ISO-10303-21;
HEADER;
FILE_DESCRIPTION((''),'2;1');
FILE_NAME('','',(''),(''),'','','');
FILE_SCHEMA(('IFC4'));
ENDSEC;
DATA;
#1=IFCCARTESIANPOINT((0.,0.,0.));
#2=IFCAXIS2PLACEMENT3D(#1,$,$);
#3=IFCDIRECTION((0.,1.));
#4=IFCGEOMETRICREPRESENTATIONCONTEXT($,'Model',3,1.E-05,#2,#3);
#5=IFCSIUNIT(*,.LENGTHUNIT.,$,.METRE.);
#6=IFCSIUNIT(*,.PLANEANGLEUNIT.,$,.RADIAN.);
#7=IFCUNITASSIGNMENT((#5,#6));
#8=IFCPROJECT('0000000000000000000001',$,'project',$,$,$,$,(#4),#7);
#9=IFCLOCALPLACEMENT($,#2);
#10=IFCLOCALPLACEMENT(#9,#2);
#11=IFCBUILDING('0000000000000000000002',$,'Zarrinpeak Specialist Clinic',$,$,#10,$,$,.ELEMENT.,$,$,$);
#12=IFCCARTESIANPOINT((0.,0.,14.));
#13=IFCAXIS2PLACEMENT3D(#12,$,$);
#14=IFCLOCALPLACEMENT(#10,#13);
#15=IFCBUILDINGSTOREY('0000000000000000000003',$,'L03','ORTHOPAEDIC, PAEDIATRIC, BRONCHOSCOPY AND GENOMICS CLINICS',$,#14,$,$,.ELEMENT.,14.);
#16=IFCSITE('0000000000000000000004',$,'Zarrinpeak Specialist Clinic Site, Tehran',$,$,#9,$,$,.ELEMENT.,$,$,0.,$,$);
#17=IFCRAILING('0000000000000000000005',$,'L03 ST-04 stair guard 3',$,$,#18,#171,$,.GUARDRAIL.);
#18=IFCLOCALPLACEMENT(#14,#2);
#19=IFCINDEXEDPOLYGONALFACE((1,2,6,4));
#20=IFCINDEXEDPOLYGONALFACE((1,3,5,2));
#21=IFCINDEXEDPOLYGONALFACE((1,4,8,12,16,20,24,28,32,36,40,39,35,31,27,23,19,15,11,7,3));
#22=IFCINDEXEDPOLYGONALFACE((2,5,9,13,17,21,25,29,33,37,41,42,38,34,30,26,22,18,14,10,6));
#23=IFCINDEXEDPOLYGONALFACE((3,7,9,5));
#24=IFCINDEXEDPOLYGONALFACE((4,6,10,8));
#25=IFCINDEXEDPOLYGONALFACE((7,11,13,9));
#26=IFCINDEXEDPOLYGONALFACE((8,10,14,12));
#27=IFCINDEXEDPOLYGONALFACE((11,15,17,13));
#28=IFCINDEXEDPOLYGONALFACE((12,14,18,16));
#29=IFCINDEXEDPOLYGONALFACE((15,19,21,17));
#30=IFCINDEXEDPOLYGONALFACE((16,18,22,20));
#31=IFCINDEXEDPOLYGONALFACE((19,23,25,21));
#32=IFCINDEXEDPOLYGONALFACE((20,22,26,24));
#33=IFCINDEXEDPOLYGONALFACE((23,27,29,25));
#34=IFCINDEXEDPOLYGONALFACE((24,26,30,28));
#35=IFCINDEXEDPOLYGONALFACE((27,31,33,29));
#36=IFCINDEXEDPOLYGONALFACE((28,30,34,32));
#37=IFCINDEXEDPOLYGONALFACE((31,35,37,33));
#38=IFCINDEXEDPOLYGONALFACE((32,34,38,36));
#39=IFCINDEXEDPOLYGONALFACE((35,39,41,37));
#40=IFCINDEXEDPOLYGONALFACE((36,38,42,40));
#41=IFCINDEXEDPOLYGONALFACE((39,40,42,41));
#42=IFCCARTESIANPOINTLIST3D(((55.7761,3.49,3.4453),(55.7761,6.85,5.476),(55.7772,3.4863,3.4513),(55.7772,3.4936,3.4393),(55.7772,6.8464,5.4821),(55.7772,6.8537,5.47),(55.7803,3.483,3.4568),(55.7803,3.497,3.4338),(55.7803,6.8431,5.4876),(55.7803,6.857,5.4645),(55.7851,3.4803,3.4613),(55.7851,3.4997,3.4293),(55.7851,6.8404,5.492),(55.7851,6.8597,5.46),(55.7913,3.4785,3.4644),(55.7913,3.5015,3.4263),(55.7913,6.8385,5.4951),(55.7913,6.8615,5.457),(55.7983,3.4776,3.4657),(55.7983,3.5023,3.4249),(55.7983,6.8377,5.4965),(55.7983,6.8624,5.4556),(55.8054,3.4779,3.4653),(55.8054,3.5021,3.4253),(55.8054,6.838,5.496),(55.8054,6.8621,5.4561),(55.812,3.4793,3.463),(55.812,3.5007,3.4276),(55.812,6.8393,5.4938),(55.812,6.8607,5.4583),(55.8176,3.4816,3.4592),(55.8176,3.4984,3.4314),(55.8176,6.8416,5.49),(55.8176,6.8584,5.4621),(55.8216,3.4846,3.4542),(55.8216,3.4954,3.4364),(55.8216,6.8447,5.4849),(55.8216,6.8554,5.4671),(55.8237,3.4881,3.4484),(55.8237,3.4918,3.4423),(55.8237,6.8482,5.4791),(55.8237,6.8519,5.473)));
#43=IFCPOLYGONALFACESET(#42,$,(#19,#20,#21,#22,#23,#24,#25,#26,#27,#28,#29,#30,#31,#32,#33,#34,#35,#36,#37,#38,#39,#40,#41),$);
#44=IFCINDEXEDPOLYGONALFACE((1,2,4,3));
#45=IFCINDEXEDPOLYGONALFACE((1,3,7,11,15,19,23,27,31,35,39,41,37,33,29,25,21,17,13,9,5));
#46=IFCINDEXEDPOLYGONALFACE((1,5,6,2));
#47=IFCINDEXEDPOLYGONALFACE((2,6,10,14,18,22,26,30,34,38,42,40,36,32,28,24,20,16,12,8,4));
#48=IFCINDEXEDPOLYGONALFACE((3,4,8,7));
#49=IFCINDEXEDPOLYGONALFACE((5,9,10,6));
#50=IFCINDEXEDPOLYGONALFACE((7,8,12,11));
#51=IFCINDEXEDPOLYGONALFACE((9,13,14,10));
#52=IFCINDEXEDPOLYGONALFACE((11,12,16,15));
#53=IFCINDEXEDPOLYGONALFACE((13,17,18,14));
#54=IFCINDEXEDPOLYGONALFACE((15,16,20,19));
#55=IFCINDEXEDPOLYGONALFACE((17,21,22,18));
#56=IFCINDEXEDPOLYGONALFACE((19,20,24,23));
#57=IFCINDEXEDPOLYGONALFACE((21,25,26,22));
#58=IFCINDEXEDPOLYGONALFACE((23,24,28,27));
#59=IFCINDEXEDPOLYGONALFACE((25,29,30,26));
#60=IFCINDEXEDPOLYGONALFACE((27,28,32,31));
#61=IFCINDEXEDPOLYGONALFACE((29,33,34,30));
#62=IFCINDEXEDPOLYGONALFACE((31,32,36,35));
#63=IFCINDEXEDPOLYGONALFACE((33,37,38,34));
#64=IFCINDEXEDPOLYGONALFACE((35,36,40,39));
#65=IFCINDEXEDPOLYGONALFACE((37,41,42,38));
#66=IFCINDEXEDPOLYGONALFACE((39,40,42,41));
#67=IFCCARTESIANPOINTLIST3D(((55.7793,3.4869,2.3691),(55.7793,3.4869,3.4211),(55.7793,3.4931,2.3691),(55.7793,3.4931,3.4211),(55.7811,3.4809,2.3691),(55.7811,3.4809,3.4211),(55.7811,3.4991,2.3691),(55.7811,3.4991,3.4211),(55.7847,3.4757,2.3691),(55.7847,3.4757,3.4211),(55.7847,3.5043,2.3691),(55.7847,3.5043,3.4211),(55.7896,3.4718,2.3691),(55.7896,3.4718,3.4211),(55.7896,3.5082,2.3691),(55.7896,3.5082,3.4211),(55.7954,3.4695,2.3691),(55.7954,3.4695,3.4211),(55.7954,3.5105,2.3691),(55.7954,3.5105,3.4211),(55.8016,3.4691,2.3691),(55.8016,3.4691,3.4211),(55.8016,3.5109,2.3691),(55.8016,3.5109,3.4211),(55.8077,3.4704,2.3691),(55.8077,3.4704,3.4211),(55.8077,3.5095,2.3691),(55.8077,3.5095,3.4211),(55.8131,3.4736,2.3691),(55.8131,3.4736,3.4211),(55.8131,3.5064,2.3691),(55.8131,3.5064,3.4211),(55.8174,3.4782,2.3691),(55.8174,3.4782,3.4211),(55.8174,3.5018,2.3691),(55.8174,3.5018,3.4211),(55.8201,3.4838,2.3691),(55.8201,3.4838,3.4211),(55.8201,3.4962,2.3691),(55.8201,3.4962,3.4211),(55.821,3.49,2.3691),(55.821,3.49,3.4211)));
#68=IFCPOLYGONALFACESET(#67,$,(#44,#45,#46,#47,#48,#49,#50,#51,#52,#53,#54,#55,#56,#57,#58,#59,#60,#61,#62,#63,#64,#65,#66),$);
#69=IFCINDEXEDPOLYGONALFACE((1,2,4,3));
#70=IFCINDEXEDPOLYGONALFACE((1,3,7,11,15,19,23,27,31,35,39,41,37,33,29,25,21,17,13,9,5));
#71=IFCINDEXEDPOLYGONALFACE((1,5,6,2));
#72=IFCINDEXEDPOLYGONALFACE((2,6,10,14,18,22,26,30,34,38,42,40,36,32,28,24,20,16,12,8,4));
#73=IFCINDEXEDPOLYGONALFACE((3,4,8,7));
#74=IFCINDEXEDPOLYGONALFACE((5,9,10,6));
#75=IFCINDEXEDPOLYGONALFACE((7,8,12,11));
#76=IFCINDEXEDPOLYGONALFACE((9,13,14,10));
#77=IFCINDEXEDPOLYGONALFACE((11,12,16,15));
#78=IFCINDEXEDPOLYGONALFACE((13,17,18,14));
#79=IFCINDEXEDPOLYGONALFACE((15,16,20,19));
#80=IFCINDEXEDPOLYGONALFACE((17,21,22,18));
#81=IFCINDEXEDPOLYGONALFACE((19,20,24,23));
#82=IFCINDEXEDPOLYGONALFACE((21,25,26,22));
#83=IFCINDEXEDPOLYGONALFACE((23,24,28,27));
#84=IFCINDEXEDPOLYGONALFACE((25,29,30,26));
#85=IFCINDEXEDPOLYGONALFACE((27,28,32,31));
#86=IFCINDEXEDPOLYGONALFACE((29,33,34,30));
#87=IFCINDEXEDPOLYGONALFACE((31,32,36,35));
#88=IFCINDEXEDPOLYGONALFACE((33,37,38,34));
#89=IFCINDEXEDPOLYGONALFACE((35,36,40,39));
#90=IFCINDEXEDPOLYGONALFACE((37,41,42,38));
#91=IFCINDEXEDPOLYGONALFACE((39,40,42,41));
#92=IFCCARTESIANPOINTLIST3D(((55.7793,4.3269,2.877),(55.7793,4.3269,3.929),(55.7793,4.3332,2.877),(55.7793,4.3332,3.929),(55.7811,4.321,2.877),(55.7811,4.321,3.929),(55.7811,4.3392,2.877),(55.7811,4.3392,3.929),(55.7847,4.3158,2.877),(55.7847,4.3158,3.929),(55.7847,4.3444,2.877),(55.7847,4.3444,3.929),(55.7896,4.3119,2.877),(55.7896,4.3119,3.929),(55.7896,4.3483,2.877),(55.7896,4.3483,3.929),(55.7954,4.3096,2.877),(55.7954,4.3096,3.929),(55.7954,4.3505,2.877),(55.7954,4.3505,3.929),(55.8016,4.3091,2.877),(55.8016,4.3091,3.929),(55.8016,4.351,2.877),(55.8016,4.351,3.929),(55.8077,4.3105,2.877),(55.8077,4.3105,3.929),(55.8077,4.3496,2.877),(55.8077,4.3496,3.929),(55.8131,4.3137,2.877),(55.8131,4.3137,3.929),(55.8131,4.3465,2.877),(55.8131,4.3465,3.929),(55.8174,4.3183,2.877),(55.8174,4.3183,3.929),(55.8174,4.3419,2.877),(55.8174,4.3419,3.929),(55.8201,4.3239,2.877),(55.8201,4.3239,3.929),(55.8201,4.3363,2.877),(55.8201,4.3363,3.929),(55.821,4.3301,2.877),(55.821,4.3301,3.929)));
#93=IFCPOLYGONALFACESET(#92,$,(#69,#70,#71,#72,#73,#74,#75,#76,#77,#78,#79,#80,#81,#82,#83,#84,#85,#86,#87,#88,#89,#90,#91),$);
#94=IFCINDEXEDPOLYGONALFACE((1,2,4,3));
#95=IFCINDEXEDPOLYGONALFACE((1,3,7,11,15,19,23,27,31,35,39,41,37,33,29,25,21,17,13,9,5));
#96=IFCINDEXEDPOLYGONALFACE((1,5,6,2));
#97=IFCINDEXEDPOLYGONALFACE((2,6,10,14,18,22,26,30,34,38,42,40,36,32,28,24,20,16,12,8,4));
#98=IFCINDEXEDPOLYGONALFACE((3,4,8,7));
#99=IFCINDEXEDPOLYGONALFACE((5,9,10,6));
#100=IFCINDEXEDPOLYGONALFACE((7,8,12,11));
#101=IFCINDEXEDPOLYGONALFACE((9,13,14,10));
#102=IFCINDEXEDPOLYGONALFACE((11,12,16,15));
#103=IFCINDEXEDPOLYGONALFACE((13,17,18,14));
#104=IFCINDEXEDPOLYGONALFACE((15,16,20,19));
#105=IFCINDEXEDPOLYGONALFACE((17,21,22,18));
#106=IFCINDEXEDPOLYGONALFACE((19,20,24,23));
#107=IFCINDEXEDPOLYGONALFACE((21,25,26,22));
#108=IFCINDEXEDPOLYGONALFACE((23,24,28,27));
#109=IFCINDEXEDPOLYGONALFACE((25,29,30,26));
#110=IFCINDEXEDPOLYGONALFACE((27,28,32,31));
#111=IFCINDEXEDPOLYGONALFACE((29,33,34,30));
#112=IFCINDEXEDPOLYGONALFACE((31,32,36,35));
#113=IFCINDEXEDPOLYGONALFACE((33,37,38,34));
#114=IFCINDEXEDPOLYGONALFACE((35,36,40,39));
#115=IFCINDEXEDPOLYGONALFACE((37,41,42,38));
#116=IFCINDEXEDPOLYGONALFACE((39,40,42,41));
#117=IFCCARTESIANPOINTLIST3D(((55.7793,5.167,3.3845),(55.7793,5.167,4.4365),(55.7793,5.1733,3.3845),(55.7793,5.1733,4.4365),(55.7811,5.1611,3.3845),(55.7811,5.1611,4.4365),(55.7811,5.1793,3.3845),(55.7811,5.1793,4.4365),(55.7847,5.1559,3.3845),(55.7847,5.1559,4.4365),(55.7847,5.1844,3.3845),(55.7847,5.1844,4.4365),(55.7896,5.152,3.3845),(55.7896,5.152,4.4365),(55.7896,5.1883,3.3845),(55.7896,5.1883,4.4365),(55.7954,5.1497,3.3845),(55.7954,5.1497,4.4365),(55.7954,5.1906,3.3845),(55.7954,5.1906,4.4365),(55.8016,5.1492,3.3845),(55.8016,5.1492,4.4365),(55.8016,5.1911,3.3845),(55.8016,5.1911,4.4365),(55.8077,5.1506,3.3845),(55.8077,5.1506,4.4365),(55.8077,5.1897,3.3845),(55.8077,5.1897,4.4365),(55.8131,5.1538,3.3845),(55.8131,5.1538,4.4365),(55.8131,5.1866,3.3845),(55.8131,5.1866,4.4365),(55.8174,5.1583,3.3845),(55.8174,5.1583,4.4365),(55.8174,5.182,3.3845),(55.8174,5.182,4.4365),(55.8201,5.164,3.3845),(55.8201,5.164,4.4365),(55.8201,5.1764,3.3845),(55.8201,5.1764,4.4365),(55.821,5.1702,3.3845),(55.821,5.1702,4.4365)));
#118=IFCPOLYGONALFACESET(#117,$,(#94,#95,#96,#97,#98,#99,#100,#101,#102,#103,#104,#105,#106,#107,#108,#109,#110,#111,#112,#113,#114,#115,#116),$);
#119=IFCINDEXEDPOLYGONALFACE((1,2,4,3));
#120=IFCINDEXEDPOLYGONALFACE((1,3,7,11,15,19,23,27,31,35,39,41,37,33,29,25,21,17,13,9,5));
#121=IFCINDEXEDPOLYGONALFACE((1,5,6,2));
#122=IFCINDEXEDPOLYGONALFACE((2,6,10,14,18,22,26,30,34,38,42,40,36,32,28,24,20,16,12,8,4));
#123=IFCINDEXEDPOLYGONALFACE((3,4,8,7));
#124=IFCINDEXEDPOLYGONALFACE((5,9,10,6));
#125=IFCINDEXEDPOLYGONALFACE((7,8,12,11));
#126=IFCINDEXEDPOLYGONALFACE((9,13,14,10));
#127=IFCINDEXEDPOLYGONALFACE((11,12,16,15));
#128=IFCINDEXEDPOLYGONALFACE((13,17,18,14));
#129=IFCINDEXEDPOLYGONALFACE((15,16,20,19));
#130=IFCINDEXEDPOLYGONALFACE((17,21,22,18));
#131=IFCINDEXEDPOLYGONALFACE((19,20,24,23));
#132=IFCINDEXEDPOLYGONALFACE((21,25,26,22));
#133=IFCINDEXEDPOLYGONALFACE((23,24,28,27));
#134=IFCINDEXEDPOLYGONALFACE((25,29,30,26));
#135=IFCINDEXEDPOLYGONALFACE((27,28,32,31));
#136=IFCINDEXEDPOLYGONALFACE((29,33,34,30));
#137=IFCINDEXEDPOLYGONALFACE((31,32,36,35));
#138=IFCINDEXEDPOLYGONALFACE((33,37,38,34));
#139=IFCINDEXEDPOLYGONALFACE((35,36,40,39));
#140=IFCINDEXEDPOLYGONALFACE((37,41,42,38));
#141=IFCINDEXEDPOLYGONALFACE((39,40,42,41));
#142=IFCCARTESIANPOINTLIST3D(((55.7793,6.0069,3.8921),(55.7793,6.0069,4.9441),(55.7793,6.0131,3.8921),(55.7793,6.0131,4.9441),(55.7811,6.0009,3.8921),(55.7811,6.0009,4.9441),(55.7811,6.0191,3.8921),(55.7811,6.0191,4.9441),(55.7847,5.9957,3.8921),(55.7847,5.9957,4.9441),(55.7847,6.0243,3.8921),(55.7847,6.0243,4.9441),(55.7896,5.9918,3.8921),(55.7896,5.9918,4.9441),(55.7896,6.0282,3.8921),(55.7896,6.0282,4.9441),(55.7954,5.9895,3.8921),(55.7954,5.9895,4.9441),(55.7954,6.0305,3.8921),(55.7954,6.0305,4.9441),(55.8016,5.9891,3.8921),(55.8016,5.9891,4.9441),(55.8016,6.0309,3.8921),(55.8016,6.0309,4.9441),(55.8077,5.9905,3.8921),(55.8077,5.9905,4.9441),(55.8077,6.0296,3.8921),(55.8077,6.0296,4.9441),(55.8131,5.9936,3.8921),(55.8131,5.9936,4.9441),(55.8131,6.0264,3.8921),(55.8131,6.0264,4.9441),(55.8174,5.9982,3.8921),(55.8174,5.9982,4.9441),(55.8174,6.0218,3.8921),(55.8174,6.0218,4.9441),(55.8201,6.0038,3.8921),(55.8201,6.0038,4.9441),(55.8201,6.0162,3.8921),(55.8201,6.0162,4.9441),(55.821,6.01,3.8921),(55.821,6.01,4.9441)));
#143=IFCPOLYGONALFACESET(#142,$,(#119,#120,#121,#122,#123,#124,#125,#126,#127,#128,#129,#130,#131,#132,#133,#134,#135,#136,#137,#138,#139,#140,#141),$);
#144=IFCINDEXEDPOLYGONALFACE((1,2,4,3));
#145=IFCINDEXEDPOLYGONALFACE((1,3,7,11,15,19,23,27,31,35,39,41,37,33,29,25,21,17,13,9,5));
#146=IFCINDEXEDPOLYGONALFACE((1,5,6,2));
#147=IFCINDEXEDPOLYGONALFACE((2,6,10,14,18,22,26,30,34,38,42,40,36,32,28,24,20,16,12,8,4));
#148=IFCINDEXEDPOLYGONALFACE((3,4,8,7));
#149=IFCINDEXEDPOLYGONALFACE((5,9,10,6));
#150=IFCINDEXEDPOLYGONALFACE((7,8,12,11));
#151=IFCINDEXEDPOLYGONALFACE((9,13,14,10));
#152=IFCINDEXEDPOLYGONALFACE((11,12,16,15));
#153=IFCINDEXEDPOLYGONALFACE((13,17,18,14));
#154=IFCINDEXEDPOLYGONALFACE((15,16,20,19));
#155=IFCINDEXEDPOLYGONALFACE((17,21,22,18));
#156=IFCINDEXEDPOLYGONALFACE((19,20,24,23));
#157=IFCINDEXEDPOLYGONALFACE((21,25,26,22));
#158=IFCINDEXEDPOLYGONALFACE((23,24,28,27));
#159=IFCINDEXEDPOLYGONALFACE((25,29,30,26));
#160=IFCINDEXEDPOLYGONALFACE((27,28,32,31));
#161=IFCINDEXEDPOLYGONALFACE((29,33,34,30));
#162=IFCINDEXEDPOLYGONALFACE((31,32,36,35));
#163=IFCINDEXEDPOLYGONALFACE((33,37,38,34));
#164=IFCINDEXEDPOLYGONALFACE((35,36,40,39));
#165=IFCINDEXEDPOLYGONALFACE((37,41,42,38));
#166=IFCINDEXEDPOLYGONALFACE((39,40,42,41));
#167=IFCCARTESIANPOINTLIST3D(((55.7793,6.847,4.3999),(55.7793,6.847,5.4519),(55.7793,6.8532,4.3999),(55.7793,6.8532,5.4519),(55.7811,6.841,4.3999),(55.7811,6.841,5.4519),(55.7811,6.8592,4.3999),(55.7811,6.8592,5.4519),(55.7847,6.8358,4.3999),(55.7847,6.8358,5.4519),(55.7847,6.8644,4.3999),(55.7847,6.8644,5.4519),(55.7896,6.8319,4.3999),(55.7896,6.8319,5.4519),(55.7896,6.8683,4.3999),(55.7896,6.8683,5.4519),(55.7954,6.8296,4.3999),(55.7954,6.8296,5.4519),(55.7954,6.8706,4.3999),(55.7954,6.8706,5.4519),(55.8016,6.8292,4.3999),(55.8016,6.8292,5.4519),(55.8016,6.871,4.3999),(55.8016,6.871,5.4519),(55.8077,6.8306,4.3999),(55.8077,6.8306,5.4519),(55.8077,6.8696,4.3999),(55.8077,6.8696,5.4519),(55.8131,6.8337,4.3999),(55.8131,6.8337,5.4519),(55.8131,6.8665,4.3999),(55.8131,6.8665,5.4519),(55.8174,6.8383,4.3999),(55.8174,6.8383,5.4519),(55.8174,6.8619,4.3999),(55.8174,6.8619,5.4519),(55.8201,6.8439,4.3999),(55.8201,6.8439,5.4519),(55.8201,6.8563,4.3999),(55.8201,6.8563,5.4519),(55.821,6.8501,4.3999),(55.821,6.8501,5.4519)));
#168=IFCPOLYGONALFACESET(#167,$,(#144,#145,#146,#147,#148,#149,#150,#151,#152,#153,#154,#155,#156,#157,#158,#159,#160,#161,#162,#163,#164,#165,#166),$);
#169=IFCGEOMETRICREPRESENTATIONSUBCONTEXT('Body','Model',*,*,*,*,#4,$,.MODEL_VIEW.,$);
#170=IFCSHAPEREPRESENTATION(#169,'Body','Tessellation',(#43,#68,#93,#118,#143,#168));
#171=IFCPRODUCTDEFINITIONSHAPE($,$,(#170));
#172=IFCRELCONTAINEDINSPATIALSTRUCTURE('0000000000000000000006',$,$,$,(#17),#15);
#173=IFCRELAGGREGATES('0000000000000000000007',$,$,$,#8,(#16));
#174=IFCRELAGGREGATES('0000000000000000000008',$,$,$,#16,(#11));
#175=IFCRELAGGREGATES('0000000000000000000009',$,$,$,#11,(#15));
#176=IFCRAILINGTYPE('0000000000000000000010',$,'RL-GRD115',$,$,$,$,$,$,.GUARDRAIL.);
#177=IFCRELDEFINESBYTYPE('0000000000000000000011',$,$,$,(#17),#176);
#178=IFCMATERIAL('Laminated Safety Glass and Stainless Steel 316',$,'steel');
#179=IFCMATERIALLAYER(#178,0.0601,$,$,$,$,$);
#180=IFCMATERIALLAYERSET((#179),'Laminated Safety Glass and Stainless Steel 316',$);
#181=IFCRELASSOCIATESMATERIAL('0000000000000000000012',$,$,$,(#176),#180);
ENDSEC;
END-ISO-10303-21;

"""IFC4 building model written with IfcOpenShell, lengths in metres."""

from ifc_helpers import new_model, si_unit, direction, frame, origin, origin_2d, place, context, subcontext, project, spatial, circle, extrude, material, layer, layer_set, type_object, element, save


model = new_model("IFC4")

# Units and contexts
model_context = context("Model", 3, precision=1e-05, world=origin(), true_north=direction((0.0, 1.0)))
body_context = subcontext(model_context, "Body", "Model", "MODEL_VIEW")
ifc_project = project(units=[si_unit("LENGTHUNIT", "METRE"), si_unit("PLANEANGLEUNIT", "RADIAN")], contexts=[model_context])

# Site, building, storey
site_placement = place(None, origin())
site = spatial("IfcSite", under=ifc_project, at=site_placement, Name="Zarrinpeak Specialist Clinic Site, Tehran", CompositionType="ELEMENT", RefElevation=0.0)
building_placement = place(site_placement, origin())
building = spatial("IfcBuilding", under=site, at=building_placement, Name="Zarrinpeak Specialist Clinic", CompositionType="ELEMENT")
storey_placement = place(building_placement, frame((0.0, 0.0, 14.0)))
storey = spatial("IfcBuildingStorey", under=building, at=storey_placement, Name="L03", Description="ORTHOPAEDIC, PAEDIATRIC, BRONCHOSCOPY AND GENOMICS CLINICS", CompositionType="ELEMENT", Elevation=14.0)

# Railing
ifc_material_1 = material(Name="Laminated Safety Glass and Stainless Steel 316", Category="steel")
ifc_layer_1 = layer(ifc_material_1, 0.0601)
ifc_layer_set_1 = layer_set([ifc_layer_1], Name="Laminated Safety Glass and Stainless Steel 316")
railing_type_1 = type_object("IfcRailingType", Name="RL-GRD115", PredefinedType="GUARDRAIL", material=ifc_layer_set_1)
railing_1_placement = place(storey_placement, frame((55.8, 3.49, 2.3691)))
element("IfcRailing", 1, at=railing_1_placement, inside=storey, type_object=railing_type_1, Name="L03 ST-04 stair guard 3", PredefinedType="GUARDRAIL", context=body_context, shape_type="SweptSolid", body=[
    extrude(circle(Radius=0.0239, at=origin_2d()), frame((0.0, 0.0, 1.0762), z_axis=(0.0, 0.855837, 0.517246), x_axis=(-1.0, 0.0, 0.0)), (0.0, 0.0, 1.0), 3.926),
    extrude(circle(Radius=0.021, at=origin_2d()), origin(), (0.0, 0.0, 1.0), 1.052),
    extrude(circle(Radius=0.021, at=origin_2d()), frame((0.0, 0.8401, 0.5078)), (0.0, 0.0, 1.0), 1.052),
    extrude(circle(Radius=0.021, at=origin_2d()), frame((0.0, 1.6802, 1.0154)), (0.0, 0.0, 1.0), 1.052),
    extrude(circle(Radius=0.021, at=origin_2d()), frame((0.0, 2.52, 1.5229)), (0.0, 0.0, 1.0), 1.052),
    extrude(circle(Radius=0.021, at=origin_2d()), frame((0.0, 3.3601, 2.0308)), (0.0, 0.0, 1.0), 1.052),
])

save(model, "model.ifc")
